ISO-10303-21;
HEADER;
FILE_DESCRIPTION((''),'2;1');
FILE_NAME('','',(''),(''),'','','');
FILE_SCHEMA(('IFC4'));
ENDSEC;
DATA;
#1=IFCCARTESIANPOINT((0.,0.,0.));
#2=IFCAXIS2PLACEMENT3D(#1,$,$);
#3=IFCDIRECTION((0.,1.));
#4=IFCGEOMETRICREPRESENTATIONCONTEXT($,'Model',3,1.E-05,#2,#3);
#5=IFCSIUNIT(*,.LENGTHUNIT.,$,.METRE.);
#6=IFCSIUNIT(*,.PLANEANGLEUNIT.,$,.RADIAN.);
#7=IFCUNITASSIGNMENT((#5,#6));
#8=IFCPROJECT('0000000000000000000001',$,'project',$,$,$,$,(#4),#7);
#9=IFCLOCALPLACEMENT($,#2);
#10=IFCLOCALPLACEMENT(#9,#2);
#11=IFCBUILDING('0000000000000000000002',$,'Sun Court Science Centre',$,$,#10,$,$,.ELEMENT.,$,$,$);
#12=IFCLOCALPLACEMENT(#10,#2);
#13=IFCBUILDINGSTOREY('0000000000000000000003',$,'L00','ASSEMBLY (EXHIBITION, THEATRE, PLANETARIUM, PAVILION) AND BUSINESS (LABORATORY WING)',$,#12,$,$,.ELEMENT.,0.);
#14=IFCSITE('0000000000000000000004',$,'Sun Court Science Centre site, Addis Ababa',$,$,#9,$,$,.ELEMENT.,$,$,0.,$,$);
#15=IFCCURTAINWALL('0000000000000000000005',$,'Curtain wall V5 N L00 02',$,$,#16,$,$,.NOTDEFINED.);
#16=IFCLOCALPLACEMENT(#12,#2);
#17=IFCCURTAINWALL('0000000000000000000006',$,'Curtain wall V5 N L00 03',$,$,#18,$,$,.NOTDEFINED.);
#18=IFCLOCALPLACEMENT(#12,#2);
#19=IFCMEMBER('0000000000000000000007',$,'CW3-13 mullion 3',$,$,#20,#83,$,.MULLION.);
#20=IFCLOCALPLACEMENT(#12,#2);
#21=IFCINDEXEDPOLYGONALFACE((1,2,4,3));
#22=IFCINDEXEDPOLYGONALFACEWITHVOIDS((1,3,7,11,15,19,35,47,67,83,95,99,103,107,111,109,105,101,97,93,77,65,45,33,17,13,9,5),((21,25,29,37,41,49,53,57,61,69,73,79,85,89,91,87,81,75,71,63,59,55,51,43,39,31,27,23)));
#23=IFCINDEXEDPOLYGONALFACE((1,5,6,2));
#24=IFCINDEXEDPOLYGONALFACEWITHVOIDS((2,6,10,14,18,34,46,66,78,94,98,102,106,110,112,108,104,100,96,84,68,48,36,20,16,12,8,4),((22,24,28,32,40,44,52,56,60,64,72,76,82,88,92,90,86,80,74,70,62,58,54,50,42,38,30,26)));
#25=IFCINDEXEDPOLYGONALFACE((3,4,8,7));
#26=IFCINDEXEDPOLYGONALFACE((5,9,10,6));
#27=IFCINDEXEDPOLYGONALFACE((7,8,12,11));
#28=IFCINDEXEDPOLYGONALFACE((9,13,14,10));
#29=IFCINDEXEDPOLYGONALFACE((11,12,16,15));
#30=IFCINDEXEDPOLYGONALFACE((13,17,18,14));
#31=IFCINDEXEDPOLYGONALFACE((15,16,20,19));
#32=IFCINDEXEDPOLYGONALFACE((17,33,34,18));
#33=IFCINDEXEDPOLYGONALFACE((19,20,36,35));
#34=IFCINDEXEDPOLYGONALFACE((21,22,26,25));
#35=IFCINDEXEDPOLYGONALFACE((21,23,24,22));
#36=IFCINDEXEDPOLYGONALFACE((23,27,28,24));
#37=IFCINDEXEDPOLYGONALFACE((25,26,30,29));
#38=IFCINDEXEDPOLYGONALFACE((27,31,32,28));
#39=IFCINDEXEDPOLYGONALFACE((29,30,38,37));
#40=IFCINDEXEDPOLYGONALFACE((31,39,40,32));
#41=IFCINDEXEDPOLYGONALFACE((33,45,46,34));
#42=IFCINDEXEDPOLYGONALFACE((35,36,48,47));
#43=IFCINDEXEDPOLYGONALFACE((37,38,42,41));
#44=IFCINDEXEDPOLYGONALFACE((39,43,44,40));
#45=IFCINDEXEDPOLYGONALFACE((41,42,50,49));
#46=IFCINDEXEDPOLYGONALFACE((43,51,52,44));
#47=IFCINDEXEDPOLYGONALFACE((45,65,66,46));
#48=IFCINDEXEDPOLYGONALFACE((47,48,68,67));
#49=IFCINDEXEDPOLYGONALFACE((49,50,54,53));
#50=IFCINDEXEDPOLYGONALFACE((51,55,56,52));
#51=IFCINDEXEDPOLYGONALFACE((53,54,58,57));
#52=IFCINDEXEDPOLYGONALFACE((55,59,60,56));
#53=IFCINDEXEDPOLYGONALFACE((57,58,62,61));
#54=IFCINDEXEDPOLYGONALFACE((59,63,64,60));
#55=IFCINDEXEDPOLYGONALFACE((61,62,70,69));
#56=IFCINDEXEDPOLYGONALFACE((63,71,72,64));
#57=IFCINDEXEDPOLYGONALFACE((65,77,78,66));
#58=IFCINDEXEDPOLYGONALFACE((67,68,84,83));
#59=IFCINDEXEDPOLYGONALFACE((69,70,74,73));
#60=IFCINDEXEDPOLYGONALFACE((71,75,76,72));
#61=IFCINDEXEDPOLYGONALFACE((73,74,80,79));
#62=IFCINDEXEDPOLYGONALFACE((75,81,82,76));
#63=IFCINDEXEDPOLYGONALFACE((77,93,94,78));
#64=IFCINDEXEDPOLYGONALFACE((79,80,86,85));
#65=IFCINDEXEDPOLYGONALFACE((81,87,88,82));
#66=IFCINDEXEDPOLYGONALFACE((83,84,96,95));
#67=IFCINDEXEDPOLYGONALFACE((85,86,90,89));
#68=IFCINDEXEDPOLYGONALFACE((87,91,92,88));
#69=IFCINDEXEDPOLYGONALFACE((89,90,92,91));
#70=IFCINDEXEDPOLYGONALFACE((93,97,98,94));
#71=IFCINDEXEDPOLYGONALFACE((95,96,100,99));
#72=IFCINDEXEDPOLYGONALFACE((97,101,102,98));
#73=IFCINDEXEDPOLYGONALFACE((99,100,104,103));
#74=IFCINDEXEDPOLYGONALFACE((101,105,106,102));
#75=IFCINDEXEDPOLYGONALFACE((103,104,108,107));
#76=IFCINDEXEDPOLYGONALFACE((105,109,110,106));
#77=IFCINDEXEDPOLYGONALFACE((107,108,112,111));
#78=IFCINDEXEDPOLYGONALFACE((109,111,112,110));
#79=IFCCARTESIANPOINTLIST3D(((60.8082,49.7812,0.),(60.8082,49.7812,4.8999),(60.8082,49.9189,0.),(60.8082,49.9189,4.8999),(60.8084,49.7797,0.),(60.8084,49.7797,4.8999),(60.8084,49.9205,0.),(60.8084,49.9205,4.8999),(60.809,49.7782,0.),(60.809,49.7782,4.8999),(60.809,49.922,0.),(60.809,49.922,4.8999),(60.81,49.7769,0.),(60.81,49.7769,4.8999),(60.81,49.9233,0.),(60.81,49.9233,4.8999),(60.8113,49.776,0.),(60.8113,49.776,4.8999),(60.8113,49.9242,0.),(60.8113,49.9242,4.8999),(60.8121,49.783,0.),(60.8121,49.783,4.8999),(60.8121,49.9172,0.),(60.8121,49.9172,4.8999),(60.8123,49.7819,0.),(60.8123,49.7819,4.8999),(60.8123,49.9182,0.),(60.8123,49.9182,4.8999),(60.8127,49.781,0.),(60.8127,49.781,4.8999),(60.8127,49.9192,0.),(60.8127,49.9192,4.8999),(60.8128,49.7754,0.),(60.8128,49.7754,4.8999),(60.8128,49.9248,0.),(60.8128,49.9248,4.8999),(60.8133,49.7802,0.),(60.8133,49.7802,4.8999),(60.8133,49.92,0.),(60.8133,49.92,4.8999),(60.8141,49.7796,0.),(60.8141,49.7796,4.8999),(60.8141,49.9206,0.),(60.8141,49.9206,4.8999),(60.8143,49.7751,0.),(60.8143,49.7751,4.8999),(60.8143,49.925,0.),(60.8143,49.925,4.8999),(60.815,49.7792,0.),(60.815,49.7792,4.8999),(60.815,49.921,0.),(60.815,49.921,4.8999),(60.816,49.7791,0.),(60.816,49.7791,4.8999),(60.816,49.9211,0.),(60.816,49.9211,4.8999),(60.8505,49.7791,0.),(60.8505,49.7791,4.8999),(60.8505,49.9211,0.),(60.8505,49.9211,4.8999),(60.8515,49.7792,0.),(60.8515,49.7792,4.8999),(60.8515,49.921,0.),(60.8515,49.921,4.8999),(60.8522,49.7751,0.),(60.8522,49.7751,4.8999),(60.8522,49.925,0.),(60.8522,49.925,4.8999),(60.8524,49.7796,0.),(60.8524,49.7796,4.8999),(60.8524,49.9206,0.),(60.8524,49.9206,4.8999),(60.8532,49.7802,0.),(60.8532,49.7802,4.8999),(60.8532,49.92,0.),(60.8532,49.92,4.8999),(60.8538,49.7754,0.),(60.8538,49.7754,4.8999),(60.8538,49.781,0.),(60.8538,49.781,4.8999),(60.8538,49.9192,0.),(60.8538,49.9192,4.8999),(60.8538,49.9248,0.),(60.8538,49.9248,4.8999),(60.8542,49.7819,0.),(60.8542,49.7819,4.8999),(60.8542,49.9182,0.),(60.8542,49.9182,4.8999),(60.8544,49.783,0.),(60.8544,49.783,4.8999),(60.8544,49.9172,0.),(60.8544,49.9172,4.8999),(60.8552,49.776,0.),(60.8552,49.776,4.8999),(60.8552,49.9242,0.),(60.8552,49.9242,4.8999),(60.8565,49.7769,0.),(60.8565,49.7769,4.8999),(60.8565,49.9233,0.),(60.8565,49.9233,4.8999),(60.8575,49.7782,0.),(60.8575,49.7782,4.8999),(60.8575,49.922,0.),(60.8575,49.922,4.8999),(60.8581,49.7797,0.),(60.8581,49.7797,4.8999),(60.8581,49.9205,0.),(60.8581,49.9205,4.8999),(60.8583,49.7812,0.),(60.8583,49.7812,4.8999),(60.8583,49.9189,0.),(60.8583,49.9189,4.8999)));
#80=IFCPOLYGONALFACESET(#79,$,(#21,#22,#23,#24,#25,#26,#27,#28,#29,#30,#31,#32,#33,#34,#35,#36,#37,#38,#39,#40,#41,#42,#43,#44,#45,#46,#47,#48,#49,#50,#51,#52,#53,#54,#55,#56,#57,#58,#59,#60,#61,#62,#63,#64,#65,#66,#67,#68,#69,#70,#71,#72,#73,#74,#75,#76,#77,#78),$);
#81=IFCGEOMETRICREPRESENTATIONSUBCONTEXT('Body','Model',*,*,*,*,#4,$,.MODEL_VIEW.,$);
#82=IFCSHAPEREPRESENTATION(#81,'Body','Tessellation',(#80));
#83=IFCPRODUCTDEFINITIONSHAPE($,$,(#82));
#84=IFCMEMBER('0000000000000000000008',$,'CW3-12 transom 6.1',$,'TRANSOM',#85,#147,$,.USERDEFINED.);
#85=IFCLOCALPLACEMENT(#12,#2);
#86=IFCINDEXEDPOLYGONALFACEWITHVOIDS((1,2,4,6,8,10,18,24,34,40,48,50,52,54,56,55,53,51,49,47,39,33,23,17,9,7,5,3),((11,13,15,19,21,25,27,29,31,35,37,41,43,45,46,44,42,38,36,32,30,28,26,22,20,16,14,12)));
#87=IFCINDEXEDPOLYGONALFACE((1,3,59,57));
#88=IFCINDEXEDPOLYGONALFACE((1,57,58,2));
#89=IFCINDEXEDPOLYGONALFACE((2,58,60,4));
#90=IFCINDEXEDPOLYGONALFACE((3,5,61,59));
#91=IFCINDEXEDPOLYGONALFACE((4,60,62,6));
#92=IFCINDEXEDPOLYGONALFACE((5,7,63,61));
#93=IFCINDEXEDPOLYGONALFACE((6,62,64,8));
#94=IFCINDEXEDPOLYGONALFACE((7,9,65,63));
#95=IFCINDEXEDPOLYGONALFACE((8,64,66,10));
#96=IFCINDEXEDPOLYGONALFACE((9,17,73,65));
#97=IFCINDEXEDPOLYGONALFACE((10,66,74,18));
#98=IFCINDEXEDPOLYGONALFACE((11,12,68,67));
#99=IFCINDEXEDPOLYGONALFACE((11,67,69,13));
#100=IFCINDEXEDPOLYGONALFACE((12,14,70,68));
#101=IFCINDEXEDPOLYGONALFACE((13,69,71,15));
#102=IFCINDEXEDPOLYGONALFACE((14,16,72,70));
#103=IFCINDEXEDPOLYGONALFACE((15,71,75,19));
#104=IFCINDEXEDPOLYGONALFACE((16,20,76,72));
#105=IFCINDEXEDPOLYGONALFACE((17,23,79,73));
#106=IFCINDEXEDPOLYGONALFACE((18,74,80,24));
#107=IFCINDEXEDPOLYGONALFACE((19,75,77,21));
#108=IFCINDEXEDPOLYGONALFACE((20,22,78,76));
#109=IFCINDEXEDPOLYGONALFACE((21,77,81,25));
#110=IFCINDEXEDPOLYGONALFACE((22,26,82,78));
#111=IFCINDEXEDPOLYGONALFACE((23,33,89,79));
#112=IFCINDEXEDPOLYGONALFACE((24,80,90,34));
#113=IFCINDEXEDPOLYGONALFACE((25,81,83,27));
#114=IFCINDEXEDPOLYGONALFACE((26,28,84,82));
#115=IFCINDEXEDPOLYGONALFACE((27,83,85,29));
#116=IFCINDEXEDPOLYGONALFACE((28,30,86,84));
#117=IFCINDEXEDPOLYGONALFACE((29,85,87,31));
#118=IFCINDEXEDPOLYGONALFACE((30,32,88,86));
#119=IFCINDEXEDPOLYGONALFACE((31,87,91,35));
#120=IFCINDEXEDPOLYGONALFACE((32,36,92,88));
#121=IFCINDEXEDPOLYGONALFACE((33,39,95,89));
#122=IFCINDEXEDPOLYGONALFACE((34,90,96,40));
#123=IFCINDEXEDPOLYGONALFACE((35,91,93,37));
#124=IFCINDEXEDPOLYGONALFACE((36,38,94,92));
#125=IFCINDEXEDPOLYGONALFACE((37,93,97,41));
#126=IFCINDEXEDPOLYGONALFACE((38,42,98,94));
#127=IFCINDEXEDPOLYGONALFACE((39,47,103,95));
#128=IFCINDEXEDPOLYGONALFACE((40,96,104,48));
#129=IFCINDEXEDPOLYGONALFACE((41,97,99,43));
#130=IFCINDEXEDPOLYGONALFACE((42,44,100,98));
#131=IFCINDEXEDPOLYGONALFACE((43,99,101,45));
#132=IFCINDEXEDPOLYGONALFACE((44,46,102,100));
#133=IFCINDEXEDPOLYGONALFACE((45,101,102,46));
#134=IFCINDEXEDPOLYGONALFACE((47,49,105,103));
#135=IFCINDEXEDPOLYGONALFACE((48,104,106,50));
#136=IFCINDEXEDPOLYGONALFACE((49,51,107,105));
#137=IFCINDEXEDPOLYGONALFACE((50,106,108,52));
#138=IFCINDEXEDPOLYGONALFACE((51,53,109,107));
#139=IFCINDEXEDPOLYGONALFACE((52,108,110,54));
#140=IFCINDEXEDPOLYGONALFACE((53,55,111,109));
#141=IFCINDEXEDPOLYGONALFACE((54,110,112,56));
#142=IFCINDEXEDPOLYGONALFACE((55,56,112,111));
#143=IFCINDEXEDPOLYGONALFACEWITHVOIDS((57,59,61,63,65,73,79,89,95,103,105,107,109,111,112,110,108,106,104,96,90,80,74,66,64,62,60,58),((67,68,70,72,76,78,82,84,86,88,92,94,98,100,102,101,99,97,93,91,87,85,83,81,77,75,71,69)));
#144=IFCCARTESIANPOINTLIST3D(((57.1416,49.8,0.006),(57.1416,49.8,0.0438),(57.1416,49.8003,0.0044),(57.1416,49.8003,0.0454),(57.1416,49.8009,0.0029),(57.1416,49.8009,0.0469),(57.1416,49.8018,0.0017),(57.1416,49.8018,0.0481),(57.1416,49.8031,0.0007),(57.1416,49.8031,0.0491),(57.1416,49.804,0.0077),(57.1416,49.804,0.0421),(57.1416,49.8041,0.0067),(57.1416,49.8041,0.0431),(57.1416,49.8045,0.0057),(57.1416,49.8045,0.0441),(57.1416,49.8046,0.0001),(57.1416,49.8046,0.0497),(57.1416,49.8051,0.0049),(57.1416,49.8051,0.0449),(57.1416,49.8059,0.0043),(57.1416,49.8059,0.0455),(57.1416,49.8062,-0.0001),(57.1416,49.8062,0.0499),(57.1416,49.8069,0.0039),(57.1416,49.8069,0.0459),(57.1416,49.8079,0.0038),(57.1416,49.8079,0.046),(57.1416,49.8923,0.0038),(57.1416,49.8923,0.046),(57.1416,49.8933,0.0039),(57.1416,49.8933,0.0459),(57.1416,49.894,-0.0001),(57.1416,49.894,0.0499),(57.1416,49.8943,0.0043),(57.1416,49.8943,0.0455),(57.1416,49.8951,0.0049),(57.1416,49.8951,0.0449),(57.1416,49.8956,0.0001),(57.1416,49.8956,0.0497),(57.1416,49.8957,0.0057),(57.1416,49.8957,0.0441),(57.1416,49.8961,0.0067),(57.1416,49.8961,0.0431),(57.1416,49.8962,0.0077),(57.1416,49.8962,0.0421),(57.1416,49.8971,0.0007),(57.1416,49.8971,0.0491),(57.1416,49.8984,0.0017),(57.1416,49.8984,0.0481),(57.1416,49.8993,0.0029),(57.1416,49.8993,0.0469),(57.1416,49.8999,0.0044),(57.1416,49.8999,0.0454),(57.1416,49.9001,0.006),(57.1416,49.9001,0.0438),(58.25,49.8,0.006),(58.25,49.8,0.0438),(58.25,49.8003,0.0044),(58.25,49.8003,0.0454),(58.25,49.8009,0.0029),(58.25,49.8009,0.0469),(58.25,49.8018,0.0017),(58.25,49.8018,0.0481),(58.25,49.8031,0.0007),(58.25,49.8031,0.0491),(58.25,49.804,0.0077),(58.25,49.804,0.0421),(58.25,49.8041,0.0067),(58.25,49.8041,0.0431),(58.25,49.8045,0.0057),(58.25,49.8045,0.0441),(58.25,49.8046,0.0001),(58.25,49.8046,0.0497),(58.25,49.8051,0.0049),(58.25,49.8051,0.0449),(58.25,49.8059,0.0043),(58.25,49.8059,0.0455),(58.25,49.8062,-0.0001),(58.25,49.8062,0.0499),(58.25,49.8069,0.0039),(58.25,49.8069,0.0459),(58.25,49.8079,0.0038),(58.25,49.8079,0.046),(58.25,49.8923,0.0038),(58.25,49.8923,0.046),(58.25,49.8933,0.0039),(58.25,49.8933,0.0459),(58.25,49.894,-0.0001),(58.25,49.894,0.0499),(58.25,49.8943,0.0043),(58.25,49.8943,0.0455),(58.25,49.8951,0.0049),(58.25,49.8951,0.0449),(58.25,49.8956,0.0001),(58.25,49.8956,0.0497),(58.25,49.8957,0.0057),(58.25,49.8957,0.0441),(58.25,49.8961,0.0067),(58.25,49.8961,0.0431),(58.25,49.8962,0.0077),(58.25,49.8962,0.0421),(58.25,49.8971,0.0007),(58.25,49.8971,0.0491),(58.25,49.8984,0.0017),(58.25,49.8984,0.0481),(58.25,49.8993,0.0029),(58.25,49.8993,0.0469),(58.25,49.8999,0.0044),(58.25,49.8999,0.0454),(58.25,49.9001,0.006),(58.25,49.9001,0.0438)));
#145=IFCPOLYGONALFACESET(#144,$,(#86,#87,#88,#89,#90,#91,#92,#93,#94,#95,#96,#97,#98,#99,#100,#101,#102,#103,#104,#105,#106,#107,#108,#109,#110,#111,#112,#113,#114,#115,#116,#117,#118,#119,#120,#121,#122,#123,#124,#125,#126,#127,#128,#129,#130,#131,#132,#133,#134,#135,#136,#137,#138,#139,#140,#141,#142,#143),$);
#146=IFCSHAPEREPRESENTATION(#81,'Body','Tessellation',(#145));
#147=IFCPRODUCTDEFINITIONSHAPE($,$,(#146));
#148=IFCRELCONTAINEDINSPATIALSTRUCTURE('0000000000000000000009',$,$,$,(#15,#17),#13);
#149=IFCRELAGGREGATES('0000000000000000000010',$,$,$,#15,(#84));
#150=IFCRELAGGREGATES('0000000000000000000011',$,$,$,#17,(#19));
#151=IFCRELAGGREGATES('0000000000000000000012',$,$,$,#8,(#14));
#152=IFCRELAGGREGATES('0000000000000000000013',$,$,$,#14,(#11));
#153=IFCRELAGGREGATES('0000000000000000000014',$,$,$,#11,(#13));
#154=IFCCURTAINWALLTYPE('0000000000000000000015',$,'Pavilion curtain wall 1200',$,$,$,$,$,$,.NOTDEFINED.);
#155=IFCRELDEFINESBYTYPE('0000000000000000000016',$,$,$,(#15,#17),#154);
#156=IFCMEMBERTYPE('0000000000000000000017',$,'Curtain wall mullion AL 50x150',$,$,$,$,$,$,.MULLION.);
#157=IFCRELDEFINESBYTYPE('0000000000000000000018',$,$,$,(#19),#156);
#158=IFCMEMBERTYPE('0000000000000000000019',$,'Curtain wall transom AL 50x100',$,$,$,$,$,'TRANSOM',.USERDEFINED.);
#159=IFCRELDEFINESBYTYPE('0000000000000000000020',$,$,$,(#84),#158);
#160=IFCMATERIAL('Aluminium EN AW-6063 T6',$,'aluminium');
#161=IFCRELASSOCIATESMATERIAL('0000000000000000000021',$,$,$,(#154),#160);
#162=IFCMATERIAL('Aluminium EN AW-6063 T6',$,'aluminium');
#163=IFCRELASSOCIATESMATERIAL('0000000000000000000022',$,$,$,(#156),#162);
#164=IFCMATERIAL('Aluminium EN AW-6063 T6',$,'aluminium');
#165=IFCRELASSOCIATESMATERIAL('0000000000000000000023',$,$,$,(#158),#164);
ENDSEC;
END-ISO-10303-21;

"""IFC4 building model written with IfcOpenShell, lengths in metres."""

from ifc_helpers import new_model, si_unit, direction, frame, origin, origin_2d, place, context, subcontext, project, spatial, hollow_rectangle, extrude, material, material_profile, profile_set, type_object, element, aggregate, save


model = new_model("IFC4")

# Units and contexts
model_context = context("Model", 3, precision=1e-05, world=origin(), true_north=direction((0.0, 1.0)))
body_context = subcontext(model_context, "Body", "Model", "MODEL_VIEW")
ifc_project = project(units=[si_unit("LENGTHUNIT", "METRE"), si_unit("PLANEANGLEUNIT", "RADIAN")], contexts=[model_context])

# Site, building, storey
site_placement = place(None, origin())
site = spatial("IfcSite", under=ifc_project, at=site_placement, Name="Sun Court Science Centre site, Addis Ababa", CompositionType="ELEMENT", RefElevation=0.0)
building_placement = place(site_placement, origin())
building = spatial("IfcBuilding", under=site, at=building_placement, Name="Sun Court Science Centre", CompositionType="ELEMENT")
storey_placement = place(building_placement, origin())
storey = spatial("IfcBuildingStorey", under=building, at=storey_placement, Name="L00", Description="ASSEMBLY (EXHIBITION, THEATRE, PLANETARIUM, PAVILION) AND BUSINESS (LABORATORY WING)", CompositionType="ELEMENT", Elevation=0.0)

# Curtain walls, member
ifc_material_1 = material(Name="Aluminium EN AW-6063 T6", Category="aluminium")
curtain_wall_type = type_object("IfcCurtainWallType", Name="Pavilion curtain wall 1200", PredefinedType="NOTDEFINED", material=ifc_material_1)
curtain_wall_1_placement = place(storey_placement, origin())
curtain_wall_1 = element("IfcCurtainWall", 1, at=curtain_wall_1_placement, inside=storey, type_object=curtain_wall_type, Name="Curtain wall V5 N L00 02", PredefinedType="NOTDEFINED")
ifc_material_2 = material(Name="Aluminium EN AW-6063 T6", Category="aluminium")
ifc_material_profile_1 = material_profile(ifc_material_2, hollow_rectangle(XDim=0.05, YDim=0.1499, WallThickness=0.0039, InnerFilletRadius=0.0039, OuterFilletRadius=0.0061, at=origin_2d()), Name="AL 50x150x4")
ifc_profile_set_1 = profile_set([ifc_material_profile_1], Name="Aluminium EN AW-6063 T6")
member_type_1 = type_object("IfcMemberType", Name="Curtain wall mullion AL 50x150", PredefinedType="MULLION", material=ifc_profile_set_1)
curtain_wall_2_placement = place(storey_placement, origin())
curtain_wall_2 = element("IfcCurtainWall", 2, at=curtain_wall_2_placement, inside=storey, type_object=curtain_wall_type, Name="Curtain wall V5 N L00 03", PredefinedType="NOTDEFINED")
member_1_placement = place(storey_placement, frame((60.8333, 49.8501, 0.0), z_axis=(0.0, 0.0, 1.0), x_axis=(1.0, 0.0, 0.0)))
member_1 = element("IfcMember", 3, at=member_1_placement, type_object=member_type_1, Name="CW3-13 mullion 3", PredefinedType="MULLION", context=body_context, shape_type="SweptSolid", body=[
    extrude(hollow_rectangle(XDim=0.05, YDim=0.1499, WallThickness=0.0039, InnerFilletRadius=0.0039, OuterFilletRadius=0.0061, at=origin_2d()), origin(), (0.0, 0.0, 1.0), 4.8999),
])

# Member
ifc_material_3 = material(Name="Aluminium EN AW-6063 T6", Category="aluminium")
ifc_material_profile_2 = material_profile(ifc_material_3, hollow_rectangle(XDim=0.05, YDim=0.1001, WallThickness=0.0039, InnerFilletRadius=0.0039, OuterFilletRadius=0.0061, at=origin_2d()), Name="AL 50x100x4")
ifc_profile_set_2 = profile_set([ifc_material_profile_2], Name="Aluminium EN AW-6063 T6")
member_type_2 = type_object("IfcMemberType", Name="Curtain wall transom AL 50x100", ElementType="TRANSOM", PredefinedType="USERDEFINED", material=ifc_profile_set_2)
member_2_placement = place(storey_placement, frame((57.1416, 49.8501, 0.0249), z_axis=(1.0, 0.0, 0.0), x_axis=(0.0, 0.0, 1.0)))
member_2 = element("IfcMember", 4, at=member_2_placement, type_object=member_type_2, Name="CW3-12 transom 6.1", ObjectType="TRANSOM", PredefinedType="USERDEFINED", context=body_context, shape_type="SweptSolid", body=[
    extrude(hollow_rectangle(XDim=0.05, YDim=0.1001, WallThickness=0.0039, InnerFilletRadius=0.0039, OuterFilletRadius=0.0061, at=origin_2d()), origin(), (0.0, 0.0, 1.0), 1.1084),
])

aggregate(curtain_wall_1, [member_2])
aggregate(curtain_wall_2, [member_1])

save(model, "model.ifc")
